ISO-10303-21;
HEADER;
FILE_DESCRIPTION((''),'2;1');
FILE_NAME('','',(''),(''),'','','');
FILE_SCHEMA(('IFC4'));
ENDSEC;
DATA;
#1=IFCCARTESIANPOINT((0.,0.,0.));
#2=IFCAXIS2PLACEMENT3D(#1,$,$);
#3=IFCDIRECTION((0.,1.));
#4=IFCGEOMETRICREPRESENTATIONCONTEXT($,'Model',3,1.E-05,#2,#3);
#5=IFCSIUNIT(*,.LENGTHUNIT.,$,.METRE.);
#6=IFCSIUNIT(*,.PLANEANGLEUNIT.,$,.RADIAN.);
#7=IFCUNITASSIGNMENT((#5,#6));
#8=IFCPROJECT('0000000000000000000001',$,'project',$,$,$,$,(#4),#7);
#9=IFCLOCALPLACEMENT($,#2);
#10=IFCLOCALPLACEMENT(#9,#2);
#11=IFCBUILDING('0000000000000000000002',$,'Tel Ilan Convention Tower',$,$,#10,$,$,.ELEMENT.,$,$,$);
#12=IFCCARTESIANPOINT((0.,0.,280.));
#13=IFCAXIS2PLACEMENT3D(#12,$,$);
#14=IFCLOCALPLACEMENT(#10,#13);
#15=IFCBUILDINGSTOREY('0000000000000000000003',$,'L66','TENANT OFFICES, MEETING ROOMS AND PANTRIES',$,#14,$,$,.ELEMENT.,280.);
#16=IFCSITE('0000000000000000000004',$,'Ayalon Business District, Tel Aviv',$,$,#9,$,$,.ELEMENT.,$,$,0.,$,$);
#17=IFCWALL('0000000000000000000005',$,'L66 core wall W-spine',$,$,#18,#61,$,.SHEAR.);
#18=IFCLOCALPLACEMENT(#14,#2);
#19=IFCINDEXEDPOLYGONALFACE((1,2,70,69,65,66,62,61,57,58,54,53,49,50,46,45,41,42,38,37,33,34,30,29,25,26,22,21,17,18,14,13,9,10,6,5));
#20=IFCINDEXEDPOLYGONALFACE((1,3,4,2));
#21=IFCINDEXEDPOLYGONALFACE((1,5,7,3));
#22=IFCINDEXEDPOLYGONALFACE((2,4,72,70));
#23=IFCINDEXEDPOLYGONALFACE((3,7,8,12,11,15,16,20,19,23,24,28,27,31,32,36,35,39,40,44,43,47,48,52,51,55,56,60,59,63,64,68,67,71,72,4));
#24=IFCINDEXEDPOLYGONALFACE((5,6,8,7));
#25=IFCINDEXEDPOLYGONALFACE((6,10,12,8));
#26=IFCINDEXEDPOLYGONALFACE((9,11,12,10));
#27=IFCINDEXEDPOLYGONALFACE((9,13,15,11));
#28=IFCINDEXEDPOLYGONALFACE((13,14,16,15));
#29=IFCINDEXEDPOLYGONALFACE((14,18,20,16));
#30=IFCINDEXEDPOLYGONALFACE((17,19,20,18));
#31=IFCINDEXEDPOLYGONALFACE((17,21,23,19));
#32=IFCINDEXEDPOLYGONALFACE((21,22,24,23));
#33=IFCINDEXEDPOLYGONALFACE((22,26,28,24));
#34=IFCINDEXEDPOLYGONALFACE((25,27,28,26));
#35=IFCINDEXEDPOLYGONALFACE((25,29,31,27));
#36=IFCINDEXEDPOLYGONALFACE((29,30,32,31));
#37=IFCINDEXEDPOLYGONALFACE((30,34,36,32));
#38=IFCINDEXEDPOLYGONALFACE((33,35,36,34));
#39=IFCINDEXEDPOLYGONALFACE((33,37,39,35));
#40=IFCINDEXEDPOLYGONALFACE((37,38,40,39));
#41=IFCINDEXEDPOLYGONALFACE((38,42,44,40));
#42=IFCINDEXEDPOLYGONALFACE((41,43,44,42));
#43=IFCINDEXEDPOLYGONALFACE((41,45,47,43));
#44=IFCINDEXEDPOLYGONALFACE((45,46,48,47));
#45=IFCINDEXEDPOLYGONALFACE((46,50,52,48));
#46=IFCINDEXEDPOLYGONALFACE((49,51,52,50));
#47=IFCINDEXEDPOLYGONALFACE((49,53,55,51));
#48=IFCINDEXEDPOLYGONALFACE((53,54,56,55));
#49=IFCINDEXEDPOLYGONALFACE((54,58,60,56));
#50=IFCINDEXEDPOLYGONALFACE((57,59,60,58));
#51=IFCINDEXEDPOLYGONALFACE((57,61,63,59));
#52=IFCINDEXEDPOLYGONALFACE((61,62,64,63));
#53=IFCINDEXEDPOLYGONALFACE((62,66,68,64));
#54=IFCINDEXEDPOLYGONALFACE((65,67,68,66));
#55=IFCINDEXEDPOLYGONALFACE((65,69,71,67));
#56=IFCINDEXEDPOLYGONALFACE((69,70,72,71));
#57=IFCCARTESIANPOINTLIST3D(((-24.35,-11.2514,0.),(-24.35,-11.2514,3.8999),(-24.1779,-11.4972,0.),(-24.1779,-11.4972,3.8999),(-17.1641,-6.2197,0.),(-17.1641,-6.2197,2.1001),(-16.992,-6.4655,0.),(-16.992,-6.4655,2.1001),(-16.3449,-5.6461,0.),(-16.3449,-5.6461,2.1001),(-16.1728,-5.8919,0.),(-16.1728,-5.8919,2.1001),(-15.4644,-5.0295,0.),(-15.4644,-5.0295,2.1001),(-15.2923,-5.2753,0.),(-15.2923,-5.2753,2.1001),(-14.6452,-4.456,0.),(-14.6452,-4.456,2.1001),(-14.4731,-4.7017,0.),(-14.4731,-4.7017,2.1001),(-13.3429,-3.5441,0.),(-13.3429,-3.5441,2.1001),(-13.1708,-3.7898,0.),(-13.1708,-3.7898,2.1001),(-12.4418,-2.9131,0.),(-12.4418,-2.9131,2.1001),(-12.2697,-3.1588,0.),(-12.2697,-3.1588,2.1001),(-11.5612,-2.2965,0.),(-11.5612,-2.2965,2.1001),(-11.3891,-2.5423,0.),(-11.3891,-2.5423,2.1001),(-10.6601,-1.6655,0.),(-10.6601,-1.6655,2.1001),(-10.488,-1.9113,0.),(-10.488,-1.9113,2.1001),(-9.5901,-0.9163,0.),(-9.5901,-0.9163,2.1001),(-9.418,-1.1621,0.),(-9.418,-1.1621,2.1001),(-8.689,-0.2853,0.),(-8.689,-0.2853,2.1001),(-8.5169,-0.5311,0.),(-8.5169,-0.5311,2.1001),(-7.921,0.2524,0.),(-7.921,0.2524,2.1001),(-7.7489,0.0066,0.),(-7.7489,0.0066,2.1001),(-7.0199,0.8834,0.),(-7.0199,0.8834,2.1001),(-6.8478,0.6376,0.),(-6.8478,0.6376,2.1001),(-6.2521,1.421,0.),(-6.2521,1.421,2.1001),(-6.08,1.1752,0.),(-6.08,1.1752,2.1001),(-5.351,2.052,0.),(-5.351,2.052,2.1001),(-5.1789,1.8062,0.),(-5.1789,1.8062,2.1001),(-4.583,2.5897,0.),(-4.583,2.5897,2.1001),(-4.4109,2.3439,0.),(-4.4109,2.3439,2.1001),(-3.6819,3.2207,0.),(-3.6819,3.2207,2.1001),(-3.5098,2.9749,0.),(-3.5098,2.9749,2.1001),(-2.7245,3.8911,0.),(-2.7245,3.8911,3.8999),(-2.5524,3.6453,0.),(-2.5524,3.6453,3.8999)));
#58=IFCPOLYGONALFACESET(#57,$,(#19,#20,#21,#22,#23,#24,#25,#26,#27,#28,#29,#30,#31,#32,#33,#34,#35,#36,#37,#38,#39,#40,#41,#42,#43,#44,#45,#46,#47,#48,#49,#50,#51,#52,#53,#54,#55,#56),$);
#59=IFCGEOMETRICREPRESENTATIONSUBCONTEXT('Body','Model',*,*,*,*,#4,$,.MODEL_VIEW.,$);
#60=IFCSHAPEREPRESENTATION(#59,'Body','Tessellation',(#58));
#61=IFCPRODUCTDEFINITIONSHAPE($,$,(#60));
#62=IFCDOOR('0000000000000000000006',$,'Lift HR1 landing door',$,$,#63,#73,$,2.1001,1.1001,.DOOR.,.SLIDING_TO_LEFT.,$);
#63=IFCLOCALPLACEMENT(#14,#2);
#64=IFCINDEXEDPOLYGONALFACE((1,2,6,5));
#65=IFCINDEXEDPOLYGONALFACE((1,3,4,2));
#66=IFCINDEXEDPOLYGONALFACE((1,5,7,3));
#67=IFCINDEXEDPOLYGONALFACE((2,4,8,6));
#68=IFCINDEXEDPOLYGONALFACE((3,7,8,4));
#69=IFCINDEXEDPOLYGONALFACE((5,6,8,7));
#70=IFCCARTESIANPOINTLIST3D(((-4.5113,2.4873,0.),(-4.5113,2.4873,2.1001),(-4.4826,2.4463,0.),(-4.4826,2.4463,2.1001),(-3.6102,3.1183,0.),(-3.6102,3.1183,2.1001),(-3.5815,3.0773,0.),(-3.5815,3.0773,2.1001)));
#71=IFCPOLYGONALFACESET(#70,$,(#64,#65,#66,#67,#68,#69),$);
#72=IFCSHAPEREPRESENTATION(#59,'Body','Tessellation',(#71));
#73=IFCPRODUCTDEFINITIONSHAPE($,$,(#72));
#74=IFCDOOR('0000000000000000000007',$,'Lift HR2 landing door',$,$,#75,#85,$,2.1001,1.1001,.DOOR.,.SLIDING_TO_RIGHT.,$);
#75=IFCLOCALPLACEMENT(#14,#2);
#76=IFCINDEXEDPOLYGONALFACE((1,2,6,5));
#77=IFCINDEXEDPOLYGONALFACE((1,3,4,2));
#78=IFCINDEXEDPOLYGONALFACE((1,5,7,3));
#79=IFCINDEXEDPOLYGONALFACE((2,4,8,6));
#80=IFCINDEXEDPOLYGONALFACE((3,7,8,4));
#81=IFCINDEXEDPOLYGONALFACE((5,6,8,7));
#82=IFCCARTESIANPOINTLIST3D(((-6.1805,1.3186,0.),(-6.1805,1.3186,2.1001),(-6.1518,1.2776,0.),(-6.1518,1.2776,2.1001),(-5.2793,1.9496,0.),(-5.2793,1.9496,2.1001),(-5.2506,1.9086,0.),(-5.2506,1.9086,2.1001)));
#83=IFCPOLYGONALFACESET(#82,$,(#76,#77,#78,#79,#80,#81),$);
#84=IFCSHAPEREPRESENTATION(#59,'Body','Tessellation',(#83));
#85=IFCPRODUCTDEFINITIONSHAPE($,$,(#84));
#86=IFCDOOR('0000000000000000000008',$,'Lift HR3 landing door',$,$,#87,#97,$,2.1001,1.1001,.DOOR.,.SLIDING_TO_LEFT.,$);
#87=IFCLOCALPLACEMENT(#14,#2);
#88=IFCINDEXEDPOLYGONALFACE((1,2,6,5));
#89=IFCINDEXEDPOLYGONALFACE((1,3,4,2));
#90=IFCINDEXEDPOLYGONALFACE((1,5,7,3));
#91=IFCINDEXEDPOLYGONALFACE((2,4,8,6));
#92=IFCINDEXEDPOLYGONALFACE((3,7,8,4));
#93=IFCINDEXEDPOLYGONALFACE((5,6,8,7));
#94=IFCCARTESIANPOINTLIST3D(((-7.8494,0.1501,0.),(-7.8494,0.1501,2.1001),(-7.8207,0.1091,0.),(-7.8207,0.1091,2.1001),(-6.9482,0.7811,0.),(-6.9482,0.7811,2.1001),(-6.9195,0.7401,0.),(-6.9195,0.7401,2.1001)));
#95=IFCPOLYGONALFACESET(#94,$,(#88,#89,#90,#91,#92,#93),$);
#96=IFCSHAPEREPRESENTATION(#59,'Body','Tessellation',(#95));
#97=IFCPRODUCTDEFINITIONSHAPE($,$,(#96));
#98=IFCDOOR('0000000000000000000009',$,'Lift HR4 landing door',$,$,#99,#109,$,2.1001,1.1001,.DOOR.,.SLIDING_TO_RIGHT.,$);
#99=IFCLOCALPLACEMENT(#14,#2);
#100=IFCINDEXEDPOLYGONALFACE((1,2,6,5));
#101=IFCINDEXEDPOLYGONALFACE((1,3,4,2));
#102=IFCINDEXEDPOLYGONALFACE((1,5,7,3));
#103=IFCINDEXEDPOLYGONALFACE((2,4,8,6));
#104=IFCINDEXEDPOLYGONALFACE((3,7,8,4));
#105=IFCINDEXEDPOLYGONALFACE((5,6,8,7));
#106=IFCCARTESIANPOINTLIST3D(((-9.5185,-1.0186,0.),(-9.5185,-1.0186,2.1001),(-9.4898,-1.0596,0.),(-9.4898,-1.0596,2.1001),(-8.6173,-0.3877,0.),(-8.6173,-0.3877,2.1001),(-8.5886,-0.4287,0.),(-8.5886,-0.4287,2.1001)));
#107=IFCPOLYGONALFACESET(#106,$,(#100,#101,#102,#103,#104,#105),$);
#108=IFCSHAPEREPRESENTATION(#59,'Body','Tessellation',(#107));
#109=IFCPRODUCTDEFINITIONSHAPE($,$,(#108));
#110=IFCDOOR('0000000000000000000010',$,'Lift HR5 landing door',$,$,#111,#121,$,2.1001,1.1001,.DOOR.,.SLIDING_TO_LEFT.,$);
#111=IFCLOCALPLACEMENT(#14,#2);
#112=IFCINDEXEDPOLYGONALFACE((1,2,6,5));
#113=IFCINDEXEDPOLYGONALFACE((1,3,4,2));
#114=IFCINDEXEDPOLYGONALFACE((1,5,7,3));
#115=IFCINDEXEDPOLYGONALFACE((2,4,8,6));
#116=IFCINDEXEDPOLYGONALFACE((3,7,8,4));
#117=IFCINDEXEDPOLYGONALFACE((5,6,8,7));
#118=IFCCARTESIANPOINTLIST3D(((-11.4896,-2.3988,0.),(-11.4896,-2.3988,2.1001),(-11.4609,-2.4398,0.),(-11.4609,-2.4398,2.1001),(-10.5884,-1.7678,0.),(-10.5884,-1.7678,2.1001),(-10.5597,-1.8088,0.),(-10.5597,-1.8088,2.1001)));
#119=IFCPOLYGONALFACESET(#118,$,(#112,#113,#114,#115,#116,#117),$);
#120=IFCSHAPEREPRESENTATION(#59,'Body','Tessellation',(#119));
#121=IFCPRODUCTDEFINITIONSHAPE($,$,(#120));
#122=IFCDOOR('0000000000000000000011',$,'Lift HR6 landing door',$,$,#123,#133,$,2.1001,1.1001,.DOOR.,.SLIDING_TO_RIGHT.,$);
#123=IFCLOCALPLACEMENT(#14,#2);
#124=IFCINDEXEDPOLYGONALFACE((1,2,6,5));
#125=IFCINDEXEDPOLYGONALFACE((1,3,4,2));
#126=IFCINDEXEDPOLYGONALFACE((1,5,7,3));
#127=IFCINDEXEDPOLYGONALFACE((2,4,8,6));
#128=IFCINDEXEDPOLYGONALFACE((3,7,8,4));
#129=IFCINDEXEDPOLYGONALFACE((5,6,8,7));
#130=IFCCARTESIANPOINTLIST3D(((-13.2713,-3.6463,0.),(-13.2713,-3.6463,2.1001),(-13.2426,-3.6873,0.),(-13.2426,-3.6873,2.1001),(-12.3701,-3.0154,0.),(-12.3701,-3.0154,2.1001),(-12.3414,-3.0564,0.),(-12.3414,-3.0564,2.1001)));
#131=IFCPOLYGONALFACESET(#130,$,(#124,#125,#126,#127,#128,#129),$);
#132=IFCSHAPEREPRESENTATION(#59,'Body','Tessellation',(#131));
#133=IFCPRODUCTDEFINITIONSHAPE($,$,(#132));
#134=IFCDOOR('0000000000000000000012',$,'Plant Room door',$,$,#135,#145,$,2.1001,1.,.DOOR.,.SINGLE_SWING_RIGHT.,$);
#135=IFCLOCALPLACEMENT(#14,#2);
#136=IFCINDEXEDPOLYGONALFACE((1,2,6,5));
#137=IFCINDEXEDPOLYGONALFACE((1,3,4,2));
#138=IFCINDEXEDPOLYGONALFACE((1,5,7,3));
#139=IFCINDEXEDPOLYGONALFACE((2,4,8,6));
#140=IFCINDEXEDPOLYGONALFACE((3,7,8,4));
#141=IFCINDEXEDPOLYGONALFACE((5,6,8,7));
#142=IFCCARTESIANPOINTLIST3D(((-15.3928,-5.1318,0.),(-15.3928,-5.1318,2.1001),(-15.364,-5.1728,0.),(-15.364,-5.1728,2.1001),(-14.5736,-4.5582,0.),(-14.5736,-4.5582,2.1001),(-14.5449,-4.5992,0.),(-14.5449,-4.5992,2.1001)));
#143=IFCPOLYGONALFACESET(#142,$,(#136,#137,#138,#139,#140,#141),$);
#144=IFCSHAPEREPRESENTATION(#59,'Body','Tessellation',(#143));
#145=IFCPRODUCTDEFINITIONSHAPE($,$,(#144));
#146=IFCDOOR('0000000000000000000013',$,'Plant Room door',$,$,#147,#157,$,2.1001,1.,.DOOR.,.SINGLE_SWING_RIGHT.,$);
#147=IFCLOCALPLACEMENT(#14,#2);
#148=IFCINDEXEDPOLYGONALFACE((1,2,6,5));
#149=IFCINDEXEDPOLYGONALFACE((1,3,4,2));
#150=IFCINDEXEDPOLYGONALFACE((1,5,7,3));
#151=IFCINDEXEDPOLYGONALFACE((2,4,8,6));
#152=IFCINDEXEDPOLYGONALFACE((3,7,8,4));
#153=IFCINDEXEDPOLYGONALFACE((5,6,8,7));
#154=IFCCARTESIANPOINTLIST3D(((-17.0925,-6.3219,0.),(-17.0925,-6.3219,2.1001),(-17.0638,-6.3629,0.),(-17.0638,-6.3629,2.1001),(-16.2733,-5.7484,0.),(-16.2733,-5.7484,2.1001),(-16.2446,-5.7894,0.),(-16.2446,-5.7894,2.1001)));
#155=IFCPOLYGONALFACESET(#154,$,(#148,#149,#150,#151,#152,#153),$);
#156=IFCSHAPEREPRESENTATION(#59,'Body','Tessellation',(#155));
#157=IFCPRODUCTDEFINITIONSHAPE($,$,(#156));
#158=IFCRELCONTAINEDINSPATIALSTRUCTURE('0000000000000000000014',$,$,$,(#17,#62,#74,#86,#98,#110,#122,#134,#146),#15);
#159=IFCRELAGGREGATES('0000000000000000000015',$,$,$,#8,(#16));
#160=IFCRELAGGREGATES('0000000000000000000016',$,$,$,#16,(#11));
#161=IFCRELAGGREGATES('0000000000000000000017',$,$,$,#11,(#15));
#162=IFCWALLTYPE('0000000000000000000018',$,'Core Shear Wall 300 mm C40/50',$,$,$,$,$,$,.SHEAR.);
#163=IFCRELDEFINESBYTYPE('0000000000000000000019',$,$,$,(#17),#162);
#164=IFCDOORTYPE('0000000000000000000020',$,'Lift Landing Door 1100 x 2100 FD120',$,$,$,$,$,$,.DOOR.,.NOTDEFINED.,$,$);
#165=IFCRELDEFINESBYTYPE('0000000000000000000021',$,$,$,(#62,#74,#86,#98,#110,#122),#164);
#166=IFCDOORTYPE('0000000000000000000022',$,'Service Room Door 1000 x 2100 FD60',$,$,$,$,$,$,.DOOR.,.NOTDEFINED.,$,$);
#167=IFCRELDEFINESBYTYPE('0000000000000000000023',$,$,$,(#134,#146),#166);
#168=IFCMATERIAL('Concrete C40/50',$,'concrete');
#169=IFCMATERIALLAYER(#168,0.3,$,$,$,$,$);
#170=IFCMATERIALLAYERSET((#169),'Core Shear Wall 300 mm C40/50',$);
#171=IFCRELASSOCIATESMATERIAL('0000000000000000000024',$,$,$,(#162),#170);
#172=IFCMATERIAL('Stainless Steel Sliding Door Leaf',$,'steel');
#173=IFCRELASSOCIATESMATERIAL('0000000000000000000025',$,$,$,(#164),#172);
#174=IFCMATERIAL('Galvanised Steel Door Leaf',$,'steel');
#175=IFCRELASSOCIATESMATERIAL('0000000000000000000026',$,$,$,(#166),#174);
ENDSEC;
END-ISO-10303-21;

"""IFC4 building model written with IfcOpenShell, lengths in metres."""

from ifc_helpers import new_model, si_unit, direction, frame, frame_2d, origin, place, context, subcontext, project, spatial, polyline, rectangle, outline, extrude, material, layer, layer_set, type_object, element, fill, save


model = new_model("IFC4")

# Units and contexts
model_context = context("Model", 3, precision=1e-05, world=origin(), true_north=direction((0.0, 1.0)))
body_context = subcontext(model_context, "Body", "Model", "MODEL_VIEW")
ifc_project = project(units=[si_unit("LENGTHUNIT", "METRE"), si_unit("PLANEANGLEUNIT", "RADIAN")], contexts=[model_context])

# Site, building, storey
site_placement = place(None, origin())
site = spatial("IfcSite", under=ifc_project, at=site_placement, Name="Ayalon Business District, Tel Aviv", CompositionType="ELEMENT", RefElevation=0.0)
building_placement = place(site_placement, origin())
building = spatial("IfcBuilding", under=site, at=building_placement, Name="Tel Ilan Convention Tower", CompositionType="ELEMENT")
storey_placement = place(building_placement, frame((0.0, 0.0, 280.0)))
storey = spatial("IfcBuildingStorey", under=building, at=storey_placement, Name="L66", Description="TENANT OFFICES, MEETING ROOMS AND PANTRIES", CompositionType="ELEMENT", Elevation=280.0)

# Wall, openings, doors
ifc_material_1 = material(Name="Concrete C40/50", Category="concrete")
ifc_layer_1 = layer(ifc_material_1, 0.3)
ifc_layer_set_1 = layer_set([ifc_layer_1], Name="Core Shear Wall 300 mm C40/50")
wall_type_1 = type_object("IfcWallType", Name="Core Shear Wall 300 mm C40/50", PredefinedType="SHEAR", material=ifc_layer_set_1)
wall_1_placement = place(storey_placement, frame((-2.6384, 3.7681, 0.0), z_axis=(0.0, 0.0, 1.0), x_axis=(-0.819155, -0.573572, 0.0)))
wall_1 = element("IfcWall", 1, at=wall_1_placement, inside=storey, type_object=wall_type_1, Name="L66 core wall W-spine", PredefinedType="SHEAR", context=body_context, shape_type="SweptSolid", body=[
    extrude(outline(polyline([(26.3999, 0.1501), (0.0, 0.1499), (0.0, -0.1501), (26.3999, -0.1499), (26.3999, 0.1501)])), origin(), (0.0, 0.0, 1.0), 3.8999),
])
opening_1_placement = place(wall_1_placement, frame((1.1687, 0.0, 0.0)))
opening_1 = element("IfcOpeningElement", 2, at=opening_1_placement, cuts=wall_1, PredefinedType="OPENING", context=body_context, shape_type="SweptSolid", body=[
    extrude(rectangle(XDim=1.1001, YDim=2.1001, at=frame_2d((0.55, 1.05))), frame((0.0, 0.1599, 0.0), z_axis=(0.0, -1.0, 0.0), x_axis=(1.0, 0.0, 0.0)), (0.0, 0.0, 1.0), 0.3201),
])
opening_2_placement = place(wall_1_placement, frame((3.2063, 0.0, 0.0)))
opening_2 = element("IfcOpeningElement", 3, at=opening_2_placement, cuts=wall_1, PredefinedType="OPENING", context=body_context, shape_type="SweptSolid", body=[
    extrude(rectangle(XDim=1.1001, YDim=2.1001, at=frame_2d((0.55, 1.05))), frame((0.0, 0.1599, 0.0), z_axis=(0.0, -1.0, 0.0), x_axis=(1.0, 0.0, 0.0)), (0.0, 0.0, 1.0), 0.3201),
])
opening_3_placement = place(wall_1_placement, frame((5.2437, 0.0, 0.0)))
opening_3 = element("IfcOpeningElement", 4, at=opening_3_placement, cuts=wall_1, PredefinedType="OPENING", context=body_context, shape_type="SweptSolid", body=[
    extrude(rectangle(XDim=1.1001, YDim=2.1001, at=frame_2d((0.55, 1.05))), frame((0.0, 0.1599, 0.0), z_axis=(0.0, -1.0, 0.0), x_axis=(1.0, 0.0, 0.0)), (0.0, 0.0, 1.0), 0.3201),
])
opening_4_placement = place(wall_1_placement, frame((7.2812, 0.0, 0.0)))
opening_4 = element("IfcOpeningElement", 5, at=opening_4_placement, cuts=wall_1, PredefinedType="OPENING", context=body_context, shape_type="SweptSolid", body=[
    extrude(rectangle(XDim=1.1001, YDim=2.1001, at=frame_2d((0.55, 1.05))), frame((0.0, 0.1599, 0.0), z_axis=(0.0, -1.0, 0.0), x_axis=(1.0, 0.0, 0.0)), (0.0, 0.0, 1.0), 0.3201),
])
opening_5_placement = place(wall_1_placement, frame((9.6875, 0.0, 0.0)))
opening_5 = element("IfcOpeningElement", 6, at=opening_5_placement, cuts=wall_1, PredefinedType="OPENING", context=body_context, shape_type="SweptSolid", body=[
    extrude(rectangle(XDim=1.1001, YDim=2.1001, at=frame_2d((0.55, 1.05))), frame((0.0, 0.1599, 0.0), z_axis=(0.0, -1.0, 0.0), x_axis=(1.0, 0.0, 0.0)), (0.0, 0.0, 1.0), 0.3201),
])
opening_6_placement = place(wall_1_placement, frame((11.8625, 0.0, 0.0)))
opening_6 = element("IfcOpeningElement", 7, at=opening_6_placement, cuts=wall_1, PredefinedType="OPENING", context=body_context, shape_type="SweptSolid", body=[
    extrude(rectangle(XDim=1.1001, YDim=2.1001, at=frame_2d((0.55, 1.05))), frame((0.0, 0.1599, 0.0), z_axis=(0.0, -1.0, 0.0), x_axis=(1.0, 0.0, 0.0)), (0.0, 0.0, 1.0), 0.3201),
])
opening_7_placement = place(wall_1_placement, frame((14.5525, 0.0, 0.0)))
opening_7 = element("IfcOpeningElement", 8, at=opening_7_placement, cuts=wall_1, PredefinedType="OPENING", context=body_context, shape_type="SweptSolid", body=[
    extrude(rectangle(XDim=1.0, YDim=2.1001, at=frame_2d((0.5, 1.05))), frame((0.0, 0.1599, 0.0), z_axis=(0.0, -1.0, 0.0), x_axis=(1.0, 0.0, 0.0)), (0.0, 0.0, 1.0), 0.3201),
])
opening_8_placement = place(wall_1_placement, frame((16.6274, 0.0, 0.0)))
opening_8 = element("IfcOpeningElement", 9, at=opening_8_placement, cuts=wall_1, PredefinedType="OPENING", context=body_context, shape_type="SweptSolid", body=[
    extrude(rectangle(XDim=1.0, YDim=2.1001, at=frame_2d((0.5, 1.05))), frame((0.0, 0.1599, 0.0), z_axis=(0.0, -1.0, 0.0), x_axis=(1.0, 0.0, 0.0)), (0.0, 0.0, 1.0), 0.3201),
])
ifc_material_2 = material(Name="Stainless Steel Sliding Door Leaf", Category="steel")
door_type_1 = type_object("IfcDoorType", Name="Lift Landing Door 1100 x 2100 FD120", OperationType="NOTDEFINED", PredefinedType="DOOR", material=ifc_material_2)
door_1_placement = place(opening_1_placement, origin())
door_1 = element("IfcDoor", 10, at=door_1_placement, inside=storey, type_object=door_type_1, Name="Lift HR1 landing door", OperationType="SLIDING_TO_LEFT", OverallHeight=2.1001, OverallWidth=1.1001, PredefinedType="DOOR", context=body_context, shape_type="SweptSolid", body=[
    extrude(rectangle(XDim=1.1001, YDim=2.1001, at=frame_2d((0.55, 1.05))), frame((0.0, 0.0249, 0.0), z_axis=(0.0, -1.0, 0.0), x_axis=(1.0, 0.0, 0.0)), (0.0, 0.0, 1.0), 0.05),
])
fill(opening_1, door_1)
door_2_placement = place(opening_2_placement, origin())
door_2 = element("IfcDoor", 11, at=door_2_placement, inside=storey, type_object=door_type_1, Name="Lift HR2 landing door", OperationType="SLIDING_TO_RIGHT", OverallHeight=2.1001, OverallWidth=1.1001, PredefinedType="DOOR", context=body_context, shape_type="SweptSolid", body=[
    extrude(rectangle(XDim=1.1001, YDim=2.1001, at=frame_2d((0.55, 1.05))), frame((0.0, 0.0249, 0.0), z_axis=(0.0, -1.0, 0.0), x_axis=(1.0, 0.0, 0.0)), (0.0, 0.0, 1.0), 0.05),
])
fill(opening_2, door_2)
door_3_placement = place(opening_3_placement, origin())
door_3 = element("IfcDoor", 12, at=door_3_placement, inside=storey, type_object=door_type_1, Name="Lift HR3 landing door", OperationType="SLIDING_TO_LEFT", OverallHeight=2.1001, OverallWidth=1.1001, PredefinedType="DOOR", context=body_context, shape_type="SweptSolid", body=[
    extrude(rectangle(XDim=1.1001, YDim=2.1001, at=frame_2d((0.55, 1.05))), frame((0.0, 0.0249, 0.0), z_axis=(0.0, -1.0, 0.0), x_axis=(1.0, 0.0, 0.0)), (0.0, 0.0, 1.0), 0.05),
])
fill(opening_3, door_3)
door_4_placement = place(opening_4_placement, origin())
door_4 = element("IfcDoor", 13, at=door_4_placement, inside=storey, type_object=door_type_1, Name="Lift HR4 landing door", OperationType="SLIDING_TO_RIGHT", OverallHeight=2.1001, OverallWidth=1.1001, PredefinedType="DOOR", context=body_context, shape_type="SweptSolid", body=[
    extrude(rectangle(XDim=1.1001, YDim=2.1001, at=frame_2d((0.55, 1.05))), frame((0.0, 0.0249, 0.0), z_axis=(0.0, -1.0, 0.0), x_axis=(1.0, 0.0, 0.0)), (0.0, 0.0, 1.0), 0.05),
])
fill(opening_4, door_4)
door_5_placement = place(opening_5_placement, origin())
door_5 = element("IfcDoor", 14, at=door_5_placement, inside=storey, type_object=door_type_1, Name="Lift HR5 landing door", OperationType="SLIDING_TO_LEFT", OverallHeight=2.1001, OverallWidth=1.1001, PredefinedType="DOOR", context=body_context, shape_type="SweptSolid", body=[
    extrude(rectangle(XDim=1.1001, YDim=2.1001, at=frame_2d((0.55, 1.05))), frame((0.0, 0.0249, 0.0), z_axis=(0.0, -1.0, 0.0), x_axis=(1.0, 0.0, 0.0)), (0.0, 0.0, 1.0), 0.05),
])
fill(opening_5, door_5)
door_6_placement = place(opening_6_placement, origin())
door_6 = element("IfcDoor", 15, at=door_6_placement, inside=storey, type_object=door_type_1, Name="Lift HR6 landing door", OperationType="SLIDING_TO_RIGHT", OverallHeight=2.1001, OverallWidth=1.1001, PredefinedType="DOOR", context=body_context, shape_type="SweptSolid", body=[
    extrude(rectangle(XDim=1.1001, YDim=2.1001, at=frame_2d((0.55, 1.05))), frame((0.0, 0.0249, 0.0), z_axis=(0.0, -1.0, 0.0), x_axis=(1.0, 0.0, 0.0)), (0.0, 0.0, 1.0), 0.05),
])
fill(opening_6, door_6)
ifc_material_3 = material(Name="Galvanised Steel Door Leaf", Category="steel")
door_type_2 = type_object("IfcDoorType", Name="Service Room Door 1000 x 2100 FD60", OperationType="NOTDEFINED", PredefinedType="DOOR", material=ifc_material_3)
door_7_placement = place(opening_7_placement, origin())
door_7 = element("IfcDoor", 16, at=door_7_placement, inside=storey, type_object=door_type_2, Name="Plant Room door", OperationType="SINGLE_SWING_RIGHT", OverallHeight=2.1001, OverallWidth=1.0, PredefinedType="DOOR", context=body_context, shape_type="SweptSolid", body=[
    extrude(rectangle(XDim=1.0, YDim=2.1001, at=frame_2d((0.5, 1.05))), frame((0.0, 0.0249, 0.0), z_axis=(0.0, -1.0, 0.0), x_axis=(1.0, 0.0, 0.0)), (0.0, 0.0, 1.0), 0.05),
])
fill(opening_7, door_7)
door_8_placement = place(opening_8_placement, origin())
door_8 = element("IfcDoor", 17, at=door_8_placement, inside=storey, type_object=door_type_2, Name="Plant Room door", OperationType="SINGLE_SWING_RIGHT", OverallHeight=2.1001, OverallWidth=1.0, PredefinedType="DOOR", context=body_context, shape_type="SweptSolid", body=[
    extrude(rectangle(XDim=1.0, YDim=2.1001, at=frame_2d((0.5, 1.05))), frame((0.0, 0.0249, 0.0), z_axis=(0.0, -1.0, 0.0), x_axis=(1.0, 0.0, 0.0)), (0.0, 0.0, 1.0), 0.05),
])
fill(opening_8, door_8)

save(model, "model.ifc")
